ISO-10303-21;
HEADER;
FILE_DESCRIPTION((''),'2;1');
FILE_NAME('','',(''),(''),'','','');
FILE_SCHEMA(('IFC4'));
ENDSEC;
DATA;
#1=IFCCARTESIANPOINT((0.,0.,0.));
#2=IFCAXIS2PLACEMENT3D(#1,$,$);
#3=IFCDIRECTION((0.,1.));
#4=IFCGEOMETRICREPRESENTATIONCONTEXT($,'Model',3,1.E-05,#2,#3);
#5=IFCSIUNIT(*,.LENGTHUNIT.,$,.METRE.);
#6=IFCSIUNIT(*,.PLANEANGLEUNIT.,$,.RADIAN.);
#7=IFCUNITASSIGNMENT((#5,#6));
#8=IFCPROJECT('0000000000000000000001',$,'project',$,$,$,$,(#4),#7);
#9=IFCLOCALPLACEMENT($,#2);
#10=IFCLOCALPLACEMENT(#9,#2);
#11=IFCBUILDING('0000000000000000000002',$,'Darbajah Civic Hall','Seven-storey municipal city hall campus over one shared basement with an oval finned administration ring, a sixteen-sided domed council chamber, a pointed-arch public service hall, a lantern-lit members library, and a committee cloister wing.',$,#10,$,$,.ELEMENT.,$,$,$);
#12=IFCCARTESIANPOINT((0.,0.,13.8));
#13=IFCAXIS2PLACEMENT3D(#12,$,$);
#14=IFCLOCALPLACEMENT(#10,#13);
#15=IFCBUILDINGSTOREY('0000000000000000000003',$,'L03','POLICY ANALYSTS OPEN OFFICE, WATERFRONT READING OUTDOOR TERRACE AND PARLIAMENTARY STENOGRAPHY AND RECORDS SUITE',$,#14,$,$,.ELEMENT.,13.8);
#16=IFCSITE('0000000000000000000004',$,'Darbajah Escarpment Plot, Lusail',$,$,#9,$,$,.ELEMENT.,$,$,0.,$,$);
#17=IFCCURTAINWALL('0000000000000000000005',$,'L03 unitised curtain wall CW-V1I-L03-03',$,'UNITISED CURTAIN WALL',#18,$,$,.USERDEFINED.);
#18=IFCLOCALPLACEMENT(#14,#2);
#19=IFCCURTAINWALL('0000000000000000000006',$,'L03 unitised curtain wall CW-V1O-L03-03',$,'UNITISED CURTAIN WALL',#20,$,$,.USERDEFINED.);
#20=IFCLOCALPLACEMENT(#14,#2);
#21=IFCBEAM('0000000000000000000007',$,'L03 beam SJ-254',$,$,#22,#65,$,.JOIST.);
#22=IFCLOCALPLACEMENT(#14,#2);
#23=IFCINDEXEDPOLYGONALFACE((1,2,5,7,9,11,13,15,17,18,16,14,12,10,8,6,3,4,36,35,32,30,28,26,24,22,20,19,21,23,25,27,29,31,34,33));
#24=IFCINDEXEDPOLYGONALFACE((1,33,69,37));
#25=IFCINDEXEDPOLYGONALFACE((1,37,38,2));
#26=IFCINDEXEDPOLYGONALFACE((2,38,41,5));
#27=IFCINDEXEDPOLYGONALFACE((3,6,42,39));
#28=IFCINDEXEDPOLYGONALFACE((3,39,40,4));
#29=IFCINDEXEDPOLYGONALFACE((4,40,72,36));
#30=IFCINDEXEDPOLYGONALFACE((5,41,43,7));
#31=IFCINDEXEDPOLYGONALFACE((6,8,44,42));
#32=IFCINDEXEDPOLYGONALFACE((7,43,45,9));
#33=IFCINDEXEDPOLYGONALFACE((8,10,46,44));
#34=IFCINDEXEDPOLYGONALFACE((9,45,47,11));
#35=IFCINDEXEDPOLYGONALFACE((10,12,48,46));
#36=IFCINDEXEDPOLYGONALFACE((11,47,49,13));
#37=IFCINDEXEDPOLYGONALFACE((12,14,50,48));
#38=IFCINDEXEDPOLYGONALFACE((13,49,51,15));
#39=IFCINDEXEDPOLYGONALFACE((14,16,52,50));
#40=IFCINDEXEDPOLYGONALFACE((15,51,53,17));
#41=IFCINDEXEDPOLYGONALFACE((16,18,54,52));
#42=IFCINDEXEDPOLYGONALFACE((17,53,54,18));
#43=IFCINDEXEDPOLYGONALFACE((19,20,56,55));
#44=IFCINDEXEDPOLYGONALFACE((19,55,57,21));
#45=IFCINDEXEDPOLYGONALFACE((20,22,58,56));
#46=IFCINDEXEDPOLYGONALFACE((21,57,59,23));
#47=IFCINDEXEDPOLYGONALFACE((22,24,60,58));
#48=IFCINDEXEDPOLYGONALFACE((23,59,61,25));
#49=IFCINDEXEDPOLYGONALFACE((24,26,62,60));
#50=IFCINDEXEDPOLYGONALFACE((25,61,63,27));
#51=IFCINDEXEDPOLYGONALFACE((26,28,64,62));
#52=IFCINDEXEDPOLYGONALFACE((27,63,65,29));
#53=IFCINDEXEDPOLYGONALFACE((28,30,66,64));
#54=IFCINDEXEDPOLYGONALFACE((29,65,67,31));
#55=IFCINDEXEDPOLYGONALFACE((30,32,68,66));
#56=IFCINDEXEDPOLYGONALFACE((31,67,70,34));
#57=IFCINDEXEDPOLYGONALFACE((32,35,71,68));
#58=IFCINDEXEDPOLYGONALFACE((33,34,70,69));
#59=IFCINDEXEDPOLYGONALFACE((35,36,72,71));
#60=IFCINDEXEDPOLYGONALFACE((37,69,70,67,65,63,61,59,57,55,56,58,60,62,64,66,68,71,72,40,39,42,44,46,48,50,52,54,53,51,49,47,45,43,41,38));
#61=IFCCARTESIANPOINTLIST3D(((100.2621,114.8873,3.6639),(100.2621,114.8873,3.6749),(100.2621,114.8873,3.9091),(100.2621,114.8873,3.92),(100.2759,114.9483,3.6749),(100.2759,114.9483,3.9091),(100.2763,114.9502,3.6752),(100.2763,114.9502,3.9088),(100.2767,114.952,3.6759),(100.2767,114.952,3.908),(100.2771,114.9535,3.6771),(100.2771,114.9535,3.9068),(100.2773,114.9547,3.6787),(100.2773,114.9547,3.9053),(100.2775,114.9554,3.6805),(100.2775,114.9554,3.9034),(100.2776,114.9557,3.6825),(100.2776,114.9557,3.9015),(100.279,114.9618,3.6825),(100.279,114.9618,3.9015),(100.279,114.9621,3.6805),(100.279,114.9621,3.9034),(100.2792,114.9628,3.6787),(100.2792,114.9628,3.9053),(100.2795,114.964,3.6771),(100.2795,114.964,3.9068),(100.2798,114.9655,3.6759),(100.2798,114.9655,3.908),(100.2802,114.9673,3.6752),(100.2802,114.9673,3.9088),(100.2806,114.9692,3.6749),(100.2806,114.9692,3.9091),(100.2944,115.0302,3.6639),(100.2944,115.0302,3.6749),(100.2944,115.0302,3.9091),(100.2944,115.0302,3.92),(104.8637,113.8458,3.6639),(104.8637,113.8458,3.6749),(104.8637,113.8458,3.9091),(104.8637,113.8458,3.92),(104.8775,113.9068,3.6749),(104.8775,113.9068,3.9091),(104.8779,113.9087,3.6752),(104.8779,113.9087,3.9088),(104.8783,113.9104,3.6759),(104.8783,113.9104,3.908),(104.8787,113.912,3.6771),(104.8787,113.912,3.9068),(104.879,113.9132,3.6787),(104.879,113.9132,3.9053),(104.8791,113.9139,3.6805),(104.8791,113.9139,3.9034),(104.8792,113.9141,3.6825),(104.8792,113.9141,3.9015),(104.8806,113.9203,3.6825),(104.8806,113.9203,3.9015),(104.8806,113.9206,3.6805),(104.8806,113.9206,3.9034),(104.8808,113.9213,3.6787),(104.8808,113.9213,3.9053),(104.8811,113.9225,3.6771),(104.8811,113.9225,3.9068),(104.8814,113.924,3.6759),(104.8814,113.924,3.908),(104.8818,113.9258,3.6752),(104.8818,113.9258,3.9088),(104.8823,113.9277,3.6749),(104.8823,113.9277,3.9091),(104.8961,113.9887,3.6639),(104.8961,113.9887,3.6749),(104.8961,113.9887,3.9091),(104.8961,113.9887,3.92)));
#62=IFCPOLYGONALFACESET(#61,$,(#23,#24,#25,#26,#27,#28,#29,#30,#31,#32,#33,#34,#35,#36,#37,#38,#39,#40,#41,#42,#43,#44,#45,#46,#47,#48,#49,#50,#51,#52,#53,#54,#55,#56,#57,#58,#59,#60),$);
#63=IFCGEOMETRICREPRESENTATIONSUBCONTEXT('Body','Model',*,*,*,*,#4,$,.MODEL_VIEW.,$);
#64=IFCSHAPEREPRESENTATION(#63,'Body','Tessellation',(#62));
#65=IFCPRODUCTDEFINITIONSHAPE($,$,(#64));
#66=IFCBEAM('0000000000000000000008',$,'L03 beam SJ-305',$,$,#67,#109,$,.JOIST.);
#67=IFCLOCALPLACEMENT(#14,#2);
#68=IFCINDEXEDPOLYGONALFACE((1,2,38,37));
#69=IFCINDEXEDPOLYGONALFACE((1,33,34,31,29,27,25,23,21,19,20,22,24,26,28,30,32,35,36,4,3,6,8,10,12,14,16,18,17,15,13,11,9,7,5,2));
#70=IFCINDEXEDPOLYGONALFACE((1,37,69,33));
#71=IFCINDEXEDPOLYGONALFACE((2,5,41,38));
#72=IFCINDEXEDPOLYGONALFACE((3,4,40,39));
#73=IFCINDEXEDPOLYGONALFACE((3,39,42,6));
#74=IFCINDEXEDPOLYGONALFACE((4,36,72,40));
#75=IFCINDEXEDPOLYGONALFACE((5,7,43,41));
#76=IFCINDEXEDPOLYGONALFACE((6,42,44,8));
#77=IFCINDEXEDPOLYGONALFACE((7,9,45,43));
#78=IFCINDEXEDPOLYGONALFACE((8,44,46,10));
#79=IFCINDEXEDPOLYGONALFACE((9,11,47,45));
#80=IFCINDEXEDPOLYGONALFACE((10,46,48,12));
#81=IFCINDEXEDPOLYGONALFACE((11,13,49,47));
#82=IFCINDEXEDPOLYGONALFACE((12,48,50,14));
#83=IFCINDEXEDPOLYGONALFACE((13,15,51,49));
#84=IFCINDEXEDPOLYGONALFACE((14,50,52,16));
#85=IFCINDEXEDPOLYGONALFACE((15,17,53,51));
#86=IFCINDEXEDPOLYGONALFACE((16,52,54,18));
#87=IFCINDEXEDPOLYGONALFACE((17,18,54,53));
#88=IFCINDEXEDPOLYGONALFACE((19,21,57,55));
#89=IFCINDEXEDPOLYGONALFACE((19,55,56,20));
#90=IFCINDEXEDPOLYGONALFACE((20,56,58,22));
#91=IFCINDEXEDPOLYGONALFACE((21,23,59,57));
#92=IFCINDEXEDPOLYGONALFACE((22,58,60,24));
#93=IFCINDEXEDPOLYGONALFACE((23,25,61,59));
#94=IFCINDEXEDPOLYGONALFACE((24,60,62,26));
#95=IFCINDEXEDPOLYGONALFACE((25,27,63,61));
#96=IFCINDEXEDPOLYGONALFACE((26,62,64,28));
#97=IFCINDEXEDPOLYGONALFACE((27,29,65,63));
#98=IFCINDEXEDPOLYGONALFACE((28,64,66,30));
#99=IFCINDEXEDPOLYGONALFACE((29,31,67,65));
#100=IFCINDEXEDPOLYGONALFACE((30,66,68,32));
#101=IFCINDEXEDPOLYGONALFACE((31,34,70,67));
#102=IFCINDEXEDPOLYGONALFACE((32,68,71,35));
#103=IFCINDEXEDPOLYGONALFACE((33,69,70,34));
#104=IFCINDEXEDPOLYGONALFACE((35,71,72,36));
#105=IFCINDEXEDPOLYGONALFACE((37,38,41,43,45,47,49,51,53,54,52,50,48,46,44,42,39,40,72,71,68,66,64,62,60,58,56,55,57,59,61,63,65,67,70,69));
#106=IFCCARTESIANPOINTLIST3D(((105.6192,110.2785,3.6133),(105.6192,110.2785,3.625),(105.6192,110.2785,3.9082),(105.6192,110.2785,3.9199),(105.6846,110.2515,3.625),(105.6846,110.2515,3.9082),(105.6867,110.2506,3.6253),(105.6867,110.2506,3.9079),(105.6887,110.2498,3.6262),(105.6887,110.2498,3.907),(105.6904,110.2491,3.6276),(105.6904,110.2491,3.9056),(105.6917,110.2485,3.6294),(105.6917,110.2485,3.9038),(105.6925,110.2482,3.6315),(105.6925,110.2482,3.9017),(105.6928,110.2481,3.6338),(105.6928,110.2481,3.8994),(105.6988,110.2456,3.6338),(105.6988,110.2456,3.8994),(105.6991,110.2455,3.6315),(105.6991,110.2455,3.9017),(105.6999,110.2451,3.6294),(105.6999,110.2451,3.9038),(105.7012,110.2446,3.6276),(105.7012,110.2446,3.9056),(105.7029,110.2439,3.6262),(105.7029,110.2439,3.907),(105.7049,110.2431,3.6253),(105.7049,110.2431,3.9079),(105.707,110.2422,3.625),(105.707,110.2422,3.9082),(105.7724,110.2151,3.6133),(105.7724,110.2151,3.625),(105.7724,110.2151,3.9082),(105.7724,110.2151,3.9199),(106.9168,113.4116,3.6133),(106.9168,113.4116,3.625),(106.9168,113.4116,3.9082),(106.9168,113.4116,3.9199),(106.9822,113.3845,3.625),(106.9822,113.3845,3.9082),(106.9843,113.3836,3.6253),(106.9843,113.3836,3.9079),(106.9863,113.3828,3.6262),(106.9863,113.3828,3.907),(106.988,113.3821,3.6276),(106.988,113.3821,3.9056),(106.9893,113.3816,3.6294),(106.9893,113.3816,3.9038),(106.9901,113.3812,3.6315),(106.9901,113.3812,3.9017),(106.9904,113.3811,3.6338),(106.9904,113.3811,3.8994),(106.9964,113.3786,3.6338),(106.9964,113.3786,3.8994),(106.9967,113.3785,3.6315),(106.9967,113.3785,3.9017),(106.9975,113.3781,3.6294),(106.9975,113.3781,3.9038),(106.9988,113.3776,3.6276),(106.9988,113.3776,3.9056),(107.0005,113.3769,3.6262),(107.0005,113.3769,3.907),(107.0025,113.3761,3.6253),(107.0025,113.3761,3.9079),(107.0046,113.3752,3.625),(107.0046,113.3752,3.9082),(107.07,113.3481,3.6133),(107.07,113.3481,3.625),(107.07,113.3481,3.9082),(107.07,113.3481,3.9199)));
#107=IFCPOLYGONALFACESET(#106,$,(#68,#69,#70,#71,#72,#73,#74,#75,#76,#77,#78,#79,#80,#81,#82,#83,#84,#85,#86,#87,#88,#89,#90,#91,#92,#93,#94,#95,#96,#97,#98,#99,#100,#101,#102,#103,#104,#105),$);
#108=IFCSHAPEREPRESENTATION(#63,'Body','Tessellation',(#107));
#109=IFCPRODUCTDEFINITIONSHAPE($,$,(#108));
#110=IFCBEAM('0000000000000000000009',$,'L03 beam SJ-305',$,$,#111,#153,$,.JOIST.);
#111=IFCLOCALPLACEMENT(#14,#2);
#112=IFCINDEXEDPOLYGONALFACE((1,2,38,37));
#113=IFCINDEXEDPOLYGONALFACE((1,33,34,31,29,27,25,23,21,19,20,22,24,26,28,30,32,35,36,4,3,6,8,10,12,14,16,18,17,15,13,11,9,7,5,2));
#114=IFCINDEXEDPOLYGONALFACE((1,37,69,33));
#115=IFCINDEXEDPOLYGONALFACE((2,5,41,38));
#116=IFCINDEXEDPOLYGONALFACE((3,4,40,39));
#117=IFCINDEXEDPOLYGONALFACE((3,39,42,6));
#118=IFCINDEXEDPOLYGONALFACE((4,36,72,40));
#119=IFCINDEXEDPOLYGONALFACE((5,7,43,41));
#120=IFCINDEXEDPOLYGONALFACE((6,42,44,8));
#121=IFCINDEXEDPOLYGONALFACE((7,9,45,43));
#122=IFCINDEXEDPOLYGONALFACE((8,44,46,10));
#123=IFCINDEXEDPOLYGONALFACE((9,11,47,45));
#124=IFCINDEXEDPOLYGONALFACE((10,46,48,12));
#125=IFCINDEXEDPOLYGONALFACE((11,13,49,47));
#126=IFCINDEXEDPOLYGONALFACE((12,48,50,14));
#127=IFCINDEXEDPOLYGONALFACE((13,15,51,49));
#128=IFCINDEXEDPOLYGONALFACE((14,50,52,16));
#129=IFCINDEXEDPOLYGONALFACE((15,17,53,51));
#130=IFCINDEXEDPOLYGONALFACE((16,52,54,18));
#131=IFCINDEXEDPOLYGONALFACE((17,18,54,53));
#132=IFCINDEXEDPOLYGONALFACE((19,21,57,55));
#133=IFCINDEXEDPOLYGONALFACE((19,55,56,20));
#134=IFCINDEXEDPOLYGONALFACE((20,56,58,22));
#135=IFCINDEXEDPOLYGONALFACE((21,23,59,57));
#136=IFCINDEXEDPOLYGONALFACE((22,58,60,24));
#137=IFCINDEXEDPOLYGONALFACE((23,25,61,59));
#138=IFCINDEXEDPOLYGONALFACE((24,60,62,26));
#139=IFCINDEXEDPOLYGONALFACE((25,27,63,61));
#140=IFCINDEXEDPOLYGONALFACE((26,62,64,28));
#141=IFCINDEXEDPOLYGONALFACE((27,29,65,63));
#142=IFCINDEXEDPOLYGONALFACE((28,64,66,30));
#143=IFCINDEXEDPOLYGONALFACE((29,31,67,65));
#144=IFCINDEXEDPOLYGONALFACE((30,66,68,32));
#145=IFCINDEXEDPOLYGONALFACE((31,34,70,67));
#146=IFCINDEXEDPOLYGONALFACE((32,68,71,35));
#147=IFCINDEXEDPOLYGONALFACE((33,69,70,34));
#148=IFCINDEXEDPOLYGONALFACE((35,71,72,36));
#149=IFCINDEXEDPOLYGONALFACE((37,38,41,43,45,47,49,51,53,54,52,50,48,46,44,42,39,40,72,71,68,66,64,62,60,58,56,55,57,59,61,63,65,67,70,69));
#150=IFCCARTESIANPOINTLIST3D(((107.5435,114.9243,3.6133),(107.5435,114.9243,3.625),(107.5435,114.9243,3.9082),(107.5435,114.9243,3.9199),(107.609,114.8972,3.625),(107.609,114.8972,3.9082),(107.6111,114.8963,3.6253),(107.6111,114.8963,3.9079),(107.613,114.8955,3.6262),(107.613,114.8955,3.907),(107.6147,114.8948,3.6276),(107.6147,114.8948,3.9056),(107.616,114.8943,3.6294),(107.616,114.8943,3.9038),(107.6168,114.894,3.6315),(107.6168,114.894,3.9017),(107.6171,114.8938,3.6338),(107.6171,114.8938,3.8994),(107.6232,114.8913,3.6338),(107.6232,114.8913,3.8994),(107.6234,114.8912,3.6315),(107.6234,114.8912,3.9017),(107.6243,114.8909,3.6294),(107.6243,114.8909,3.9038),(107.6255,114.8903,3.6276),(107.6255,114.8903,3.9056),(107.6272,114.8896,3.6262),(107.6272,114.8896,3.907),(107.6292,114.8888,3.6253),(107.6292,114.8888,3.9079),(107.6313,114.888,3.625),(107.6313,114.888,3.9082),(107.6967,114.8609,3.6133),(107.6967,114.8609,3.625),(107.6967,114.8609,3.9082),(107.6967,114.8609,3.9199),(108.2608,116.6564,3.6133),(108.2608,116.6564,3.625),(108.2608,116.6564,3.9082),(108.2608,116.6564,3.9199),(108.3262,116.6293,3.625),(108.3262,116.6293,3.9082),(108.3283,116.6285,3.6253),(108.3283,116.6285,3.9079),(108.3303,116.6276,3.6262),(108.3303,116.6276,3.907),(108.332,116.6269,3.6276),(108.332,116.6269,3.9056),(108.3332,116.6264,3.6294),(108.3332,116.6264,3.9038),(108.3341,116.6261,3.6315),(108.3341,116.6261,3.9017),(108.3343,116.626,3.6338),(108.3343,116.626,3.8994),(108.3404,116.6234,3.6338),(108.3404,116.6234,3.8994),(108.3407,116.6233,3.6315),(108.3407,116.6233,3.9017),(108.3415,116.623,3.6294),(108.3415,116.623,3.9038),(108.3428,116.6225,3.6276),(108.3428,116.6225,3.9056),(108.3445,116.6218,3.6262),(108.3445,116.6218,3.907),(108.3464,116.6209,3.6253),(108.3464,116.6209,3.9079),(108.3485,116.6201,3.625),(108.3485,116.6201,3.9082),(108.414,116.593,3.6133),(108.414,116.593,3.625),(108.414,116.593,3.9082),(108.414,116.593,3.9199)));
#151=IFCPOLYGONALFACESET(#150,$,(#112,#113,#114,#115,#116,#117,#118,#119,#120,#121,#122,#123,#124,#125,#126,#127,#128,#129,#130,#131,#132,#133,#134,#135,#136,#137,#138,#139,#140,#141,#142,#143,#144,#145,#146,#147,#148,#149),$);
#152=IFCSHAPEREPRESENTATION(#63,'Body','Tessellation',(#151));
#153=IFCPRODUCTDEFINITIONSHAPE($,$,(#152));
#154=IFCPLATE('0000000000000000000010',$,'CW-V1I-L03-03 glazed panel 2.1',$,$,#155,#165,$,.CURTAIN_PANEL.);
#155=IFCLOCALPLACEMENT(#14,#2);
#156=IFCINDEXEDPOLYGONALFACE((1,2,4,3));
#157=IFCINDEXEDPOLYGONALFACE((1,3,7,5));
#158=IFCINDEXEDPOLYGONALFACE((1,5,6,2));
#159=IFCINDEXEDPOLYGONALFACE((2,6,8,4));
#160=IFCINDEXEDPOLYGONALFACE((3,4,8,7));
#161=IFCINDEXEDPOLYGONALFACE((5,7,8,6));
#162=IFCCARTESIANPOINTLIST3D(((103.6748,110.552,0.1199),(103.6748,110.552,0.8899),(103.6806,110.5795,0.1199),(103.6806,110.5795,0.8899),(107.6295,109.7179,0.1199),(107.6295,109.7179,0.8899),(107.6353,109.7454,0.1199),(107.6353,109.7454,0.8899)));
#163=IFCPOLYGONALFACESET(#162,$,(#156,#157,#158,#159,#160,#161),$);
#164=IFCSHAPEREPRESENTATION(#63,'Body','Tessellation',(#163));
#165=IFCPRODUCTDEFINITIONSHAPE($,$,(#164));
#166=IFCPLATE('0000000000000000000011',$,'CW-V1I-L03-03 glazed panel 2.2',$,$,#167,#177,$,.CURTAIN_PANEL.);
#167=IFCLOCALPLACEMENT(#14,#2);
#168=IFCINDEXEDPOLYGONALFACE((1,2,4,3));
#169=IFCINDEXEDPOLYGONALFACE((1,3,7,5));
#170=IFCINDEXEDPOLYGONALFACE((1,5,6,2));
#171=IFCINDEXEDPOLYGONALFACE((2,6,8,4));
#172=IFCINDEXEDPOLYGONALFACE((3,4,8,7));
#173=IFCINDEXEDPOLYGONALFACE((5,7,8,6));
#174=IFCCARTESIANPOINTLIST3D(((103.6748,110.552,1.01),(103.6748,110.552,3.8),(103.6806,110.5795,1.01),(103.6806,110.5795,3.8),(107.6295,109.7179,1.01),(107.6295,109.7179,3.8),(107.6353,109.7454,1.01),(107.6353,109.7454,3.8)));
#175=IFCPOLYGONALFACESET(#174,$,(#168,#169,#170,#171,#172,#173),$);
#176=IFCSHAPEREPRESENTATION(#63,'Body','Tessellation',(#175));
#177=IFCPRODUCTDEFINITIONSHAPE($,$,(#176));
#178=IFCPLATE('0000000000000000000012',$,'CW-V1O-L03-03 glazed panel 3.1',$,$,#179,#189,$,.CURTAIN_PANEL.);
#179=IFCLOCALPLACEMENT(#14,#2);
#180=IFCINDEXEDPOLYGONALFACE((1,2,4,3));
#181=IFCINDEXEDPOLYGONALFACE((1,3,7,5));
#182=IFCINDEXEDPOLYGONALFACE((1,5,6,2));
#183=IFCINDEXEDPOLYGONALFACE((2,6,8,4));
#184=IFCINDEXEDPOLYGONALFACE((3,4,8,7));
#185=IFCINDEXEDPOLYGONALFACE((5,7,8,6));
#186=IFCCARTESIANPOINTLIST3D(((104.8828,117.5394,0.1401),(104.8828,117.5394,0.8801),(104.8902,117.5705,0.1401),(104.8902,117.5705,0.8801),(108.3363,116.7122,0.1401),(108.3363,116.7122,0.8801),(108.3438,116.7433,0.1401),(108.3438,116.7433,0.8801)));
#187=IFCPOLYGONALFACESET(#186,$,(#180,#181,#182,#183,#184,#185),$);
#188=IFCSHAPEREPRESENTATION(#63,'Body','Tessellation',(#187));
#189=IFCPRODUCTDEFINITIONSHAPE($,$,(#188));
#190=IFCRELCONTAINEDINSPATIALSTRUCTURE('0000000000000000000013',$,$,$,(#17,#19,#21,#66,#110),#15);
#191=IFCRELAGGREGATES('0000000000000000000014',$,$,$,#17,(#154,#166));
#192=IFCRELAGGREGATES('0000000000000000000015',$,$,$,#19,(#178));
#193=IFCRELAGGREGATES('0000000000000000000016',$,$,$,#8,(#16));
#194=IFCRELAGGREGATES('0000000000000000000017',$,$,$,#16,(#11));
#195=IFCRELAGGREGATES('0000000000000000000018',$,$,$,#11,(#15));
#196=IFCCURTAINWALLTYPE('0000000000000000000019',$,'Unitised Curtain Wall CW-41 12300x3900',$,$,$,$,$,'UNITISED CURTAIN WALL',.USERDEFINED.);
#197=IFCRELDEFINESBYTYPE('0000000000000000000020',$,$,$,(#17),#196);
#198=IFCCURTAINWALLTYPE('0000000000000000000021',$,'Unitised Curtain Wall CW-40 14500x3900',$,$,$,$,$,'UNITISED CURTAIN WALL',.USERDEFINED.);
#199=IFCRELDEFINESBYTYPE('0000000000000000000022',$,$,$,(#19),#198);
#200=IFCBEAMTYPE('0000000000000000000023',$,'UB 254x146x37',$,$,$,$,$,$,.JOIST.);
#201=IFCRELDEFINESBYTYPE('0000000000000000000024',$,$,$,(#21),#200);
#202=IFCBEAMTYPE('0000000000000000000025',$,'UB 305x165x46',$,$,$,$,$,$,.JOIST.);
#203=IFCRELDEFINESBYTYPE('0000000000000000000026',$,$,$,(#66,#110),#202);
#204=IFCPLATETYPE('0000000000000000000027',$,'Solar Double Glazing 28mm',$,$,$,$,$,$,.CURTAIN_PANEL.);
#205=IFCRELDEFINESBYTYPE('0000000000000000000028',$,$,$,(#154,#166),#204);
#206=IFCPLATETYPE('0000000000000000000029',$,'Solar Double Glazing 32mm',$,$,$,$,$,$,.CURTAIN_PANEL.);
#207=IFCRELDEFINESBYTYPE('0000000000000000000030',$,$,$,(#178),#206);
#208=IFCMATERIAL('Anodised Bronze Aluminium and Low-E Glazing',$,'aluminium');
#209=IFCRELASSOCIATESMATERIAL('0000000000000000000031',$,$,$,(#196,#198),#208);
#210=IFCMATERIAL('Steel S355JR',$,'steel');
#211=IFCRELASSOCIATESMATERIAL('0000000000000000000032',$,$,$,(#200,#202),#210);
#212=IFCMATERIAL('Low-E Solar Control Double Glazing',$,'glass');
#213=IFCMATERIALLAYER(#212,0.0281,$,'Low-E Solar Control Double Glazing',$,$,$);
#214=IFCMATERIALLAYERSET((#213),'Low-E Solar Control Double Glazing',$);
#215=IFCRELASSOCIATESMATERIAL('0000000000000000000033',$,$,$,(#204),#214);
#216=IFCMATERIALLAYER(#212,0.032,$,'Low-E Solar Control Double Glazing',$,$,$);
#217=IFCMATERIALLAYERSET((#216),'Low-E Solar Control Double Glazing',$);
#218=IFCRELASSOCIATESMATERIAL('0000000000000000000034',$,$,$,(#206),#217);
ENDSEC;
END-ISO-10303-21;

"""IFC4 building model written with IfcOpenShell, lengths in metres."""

from ifc_helpers import new_model, si_unit, direction, frame, origin, origin_2d, place, context, subcontext, project, spatial, rectangle, i_section, extrude, material, layer, layer_set, material_profile, profile_set, type_object, element, aggregate, save


model = new_model("IFC4")

# Units and contexts
model_context = context("Model", 3, precision=1e-05, world=origin(), true_north=direction((0.0, 1.0)))
body_context = subcontext(model_context, "Body", "Model", "MODEL_VIEW")
ifc_project = project(units=[si_unit("LENGTHUNIT", "METRE"), si_unit("PLANEANGLEUNIT", "RADIAN")], contexts=[model_context])

# Site, building, storey
site_placement = place(None, origin())
site = spatial("IfcSite", under=ifc_project, at=site_placement, Name="Darbajah Escarpment Plot, Lusail", CompositionType="ELEMENT", RefElevation=0.0)
building_placement = place(site_placement, origin())
building = spatial("IfcBuilding", under=site, at=building_placement, Name="Darbajah Civic Hall", Description="Seven-storey municipal city hall campus over one shared basement with an oval finned administration ring, a sixteen-sided domed council chamber, a pointed-arch public service hall, a lantern-lit members library, and a committee cloister wing.", CompositionType="ELEMENT")
storey_placement = place(building_placement, frame((0.0, 0.0, 13.8)))
storey = spatial("IfcBuildingStorey", under=building, at=storey_placement, Name="L03", Description="POLICY ANALYSTS OPEN OFFICE, WATERFRONT READING OUTDOOR TERRACE AND PARLIAMENTARY STENOGRAPHY AND RECORDS SUITE", CompositionType="ELEMENT", Elevation=13.8)

# Curtain walls
ifc_material_1 = material(Name="Anodised Bronze Aluminium and Low-E Glazing", Category="aluminium")
curtain_wall_type_1 = type_object("IfcCurtainWallType", Name="Unitised Curtain Wall CW-41 12300x3900", ElementType="UNITISED CURTAIN WALL", PredefinedType="USERDEFINED", material=ifc_material_1)
curtain_wall_1_placement = place(storey_placement, origin())
curtain_wall_1 = element("IfcCurtainWall", 1, at=curtain_wall_1_placement, inside=storey, type_object=curtain_wall_type_1, Name="L03 unitised curtain wall CW-V1I-L03-03", ObjectType="UNITISED CURTAIN WALL", PredefinedType="USERDEFINED")
curtain_wall_type_2 = type_object("IfcCurtainWallType", Name="Unitised Curtain Wall CW-40 14500x3900", ElementType="UNITISED CURTAIN WALL", PredefinedType="USERDEFINED", material=ifc_material_1)
curtain_wall_2_placement = place(storey_placement, origin())
curtain_wall_2 = element("IfcCurtainWall", 2, at=curtain_wall_2_placement, inside=storey, type_object=curtain_wall_type_2, Name="L03 unitised curtain wall CW-V1O-L03-03", ObjectType="UNITISED CURTAIN WALL", PredefinedType="USERDEFINED")

# Beams
ifc_material_2 = material(Name="Steel S355JR", Category="steel")
ifc_material_profile_1 = material_profile(ifc_material_2, i_section(OverallWidth=0.1465, OverallDepth=0.2561, WebThickness=0.0063, FlangeThickness=0.011, FilletRadius=0.0076, at=origin_2d()), Name="UB 254x146x37")
ifc_profile_set_1 = profile_set([ifc_material_profile_1], Name="Steel S355JR")
beam_type_1 = type_object("IfcBeamType", Name="UB 254x146x37", PredefinedType="JOIST", material=ifc_profile_set_1)
beam_1_placement = place(storey_placement, frame((104.8799, 113.9172, 3.792), z_axis=(-0.97533, 0.220753, 0.0), x_axis=(-0.220753, -0.97533, 0.0)))
element("IfcBeam", 3, at=beam_1_placement, inside=storey, type_object=beam_type_1, Name="L03 beam SJ-254", PredefinedType="JOIST", context=body_context, shape_type="SweptSolid", body=[
    extrude(i_section(OverallWidth=0.1465, OverallDepth=0.2561, WebThickness=0.0063, FlangeThickness=0.011, FilletRadius=0.0076, at=origin_2d()), origin(), (0.0, 0.0, 1.0), 4.718),
])
ifc_material_profile_2 = material_profile(ifc_material_2, i_section(OverallWidth=0.1658, OverallDepth=0.3066, WebThickness=0.0066, FlangeThickness=0.0117, FilletRadius=0.0088, at=origin_2d()), Name="UB 305x165x46")
ifc_profile_set_2 = profile_set([ifc_material_profile_2], Name="Steel S355JR")
beam_type_2 = type_object("IfcBeamType", Name="UB 305x165x46", PredefinedType="JOIST", material=ifc_profile_set_2)
beam_2_placement = place(storey_placement, frame((105.6958, 110.2468, 3.7666), z_axis=(0.382646, 0.923895, 0.0), x_axis=(-0.923895, 0.382646, 0.0)))
element("IfcBeam", 4, at=beam_2_placement, inside=storey, type_object=beam_type_2, Name="L03 beam SJ-305", PredefinedType="JOIST", context=body_context, shape_type="SweptSolid", body=[
    extrude(i_section(OverallWidth=0.1658, OverallDepth=0.3066, WebThickness=0.0066, FlangeThickness=0.0117, FilletRadius=0.0088, at=origin_2d()), origin(), (0.0, 0.0, 1.0), 3.3911),
])
beam_3_placement = place(storey_placement, frame((107.6201, 114.8926, 3.7666), z_axis=(0.382589, 0.923918, 0.0), x_axis=(-0.923918, 0.382589, 0.0)))
element("IfcBeam", 5, at=beam_3_placement, inside=storey, type_object=beam_type_2, Name="L03 beam SJ-305", PredefinedType="JOIST", context=body_context, shape_type="SweptSolid", body=[
    extrude(i_section(OverallWidth=0.1658, OverallDepth=0.3066, WebThickness=0.0066, FlangeThickness=0.0117, FilletRadius=0.0088, at=origin_2d()), origin(), (0.0, 0.0, 1.0), 1.8748),
])

# Plates
ifc_material_3 = material(Name="Low-E Solar Control Double Glazing", Category="glass")
ifc_layer_1 = layer(ifc_material_3, 0.0281, Name="Low-E Solar Control Double Glazing")
ifc_layer_set_1 = layer_set([ifc_layer_1], Name="Low-E Solar Control Double Glazing")
plate_type_1 = type_object("IfcPlateType", Name="Solar Double Glazing 28mm", PredefinedType="CURTAIN_PANEL", material=ifc_layer_set_1)
plate_1_placement = place(storey_placement, frame((105.655, 110.1487, 0.1199), z_axis=(0.0, 0.0, 1.0), x_axis=(-0.978473, 0.206375, 0.0)))
plate_1 = element("IfcPlate", 6, at=plate_1_placement, type_object=plate_type_1, Name="CW-V1I-L03-03 glazed panel 2.1", PredefinedType="CURTAIN_PANEL", context=body_context, shape_type="SweptSolid", body=[
    extrude(rectangle(XDim=4.0417, YDim=0.0281, at=origin_2d()), origin(), (0.0, 0.0, 1.0), 0.77),
])
plate_2_placement = place(storey_placement, frame((105.655, 110.1487, 1.01), z_axis=(0.0, 0.0, 1.0), x_axis=(-0.978473, 0.206375, 0.0)))
plate_2 = element("IfcPlate", 7, at=plate_2_placement, type_object=plate_type_1, Name="CW-V1I-L03-03 glazed panel 2.2", PredefinedType="CURTAIN_PANEL", context=body_context, shape_type="SweptSolid", body=[
    extrude(rectangle(XDim=4.0417, YDim=0.0281, at=origin_2d()), origin(), (0.0, 0.0, 1.0), 2.79),
])
aggregate(curtain_wall_1, [plate_1, plate_2])
ifc_layer_2 = layer(ifc_material_3, 0.032, Name="Low-E Solar Control Double Glazing")
ifc_layer_set_2 = layer_set([ifc_layer_2], Name="Low-E Solar Control Double Glazing")
plate_type_2 = type_object("IfcPlateType", Name="Solar Double Glazing 32mm", PredefinedType="CURTAIN_PANEL", material=ifc_layer_set_2)
plate_3_placement = place(storey_placement, frame((106.6133, 117.1414, 0.1401), z_axis=(0.0, 0.0, 1.0), x_axis=(-0.972492, 0.232936, 0.0)))
plate_3 = element("IfcPlate", 8, at=plate_3_placement, type_object=plate_type_2, Name="CW-V1O-L03-03 glazed panel 3.1", PredefinedType="CURTAIN_PANEL", context=body_context, shape_type="SweptSolid", body=[
    extrude(rectangle(XDim=3.5513, YDim=0.032, at=origin_2d()), origin(), (0.0, 0.0, 1.0), 0.74),
])
aggregate(curtain_wall_2, [plate_3])

save(model, "model.ifc")
